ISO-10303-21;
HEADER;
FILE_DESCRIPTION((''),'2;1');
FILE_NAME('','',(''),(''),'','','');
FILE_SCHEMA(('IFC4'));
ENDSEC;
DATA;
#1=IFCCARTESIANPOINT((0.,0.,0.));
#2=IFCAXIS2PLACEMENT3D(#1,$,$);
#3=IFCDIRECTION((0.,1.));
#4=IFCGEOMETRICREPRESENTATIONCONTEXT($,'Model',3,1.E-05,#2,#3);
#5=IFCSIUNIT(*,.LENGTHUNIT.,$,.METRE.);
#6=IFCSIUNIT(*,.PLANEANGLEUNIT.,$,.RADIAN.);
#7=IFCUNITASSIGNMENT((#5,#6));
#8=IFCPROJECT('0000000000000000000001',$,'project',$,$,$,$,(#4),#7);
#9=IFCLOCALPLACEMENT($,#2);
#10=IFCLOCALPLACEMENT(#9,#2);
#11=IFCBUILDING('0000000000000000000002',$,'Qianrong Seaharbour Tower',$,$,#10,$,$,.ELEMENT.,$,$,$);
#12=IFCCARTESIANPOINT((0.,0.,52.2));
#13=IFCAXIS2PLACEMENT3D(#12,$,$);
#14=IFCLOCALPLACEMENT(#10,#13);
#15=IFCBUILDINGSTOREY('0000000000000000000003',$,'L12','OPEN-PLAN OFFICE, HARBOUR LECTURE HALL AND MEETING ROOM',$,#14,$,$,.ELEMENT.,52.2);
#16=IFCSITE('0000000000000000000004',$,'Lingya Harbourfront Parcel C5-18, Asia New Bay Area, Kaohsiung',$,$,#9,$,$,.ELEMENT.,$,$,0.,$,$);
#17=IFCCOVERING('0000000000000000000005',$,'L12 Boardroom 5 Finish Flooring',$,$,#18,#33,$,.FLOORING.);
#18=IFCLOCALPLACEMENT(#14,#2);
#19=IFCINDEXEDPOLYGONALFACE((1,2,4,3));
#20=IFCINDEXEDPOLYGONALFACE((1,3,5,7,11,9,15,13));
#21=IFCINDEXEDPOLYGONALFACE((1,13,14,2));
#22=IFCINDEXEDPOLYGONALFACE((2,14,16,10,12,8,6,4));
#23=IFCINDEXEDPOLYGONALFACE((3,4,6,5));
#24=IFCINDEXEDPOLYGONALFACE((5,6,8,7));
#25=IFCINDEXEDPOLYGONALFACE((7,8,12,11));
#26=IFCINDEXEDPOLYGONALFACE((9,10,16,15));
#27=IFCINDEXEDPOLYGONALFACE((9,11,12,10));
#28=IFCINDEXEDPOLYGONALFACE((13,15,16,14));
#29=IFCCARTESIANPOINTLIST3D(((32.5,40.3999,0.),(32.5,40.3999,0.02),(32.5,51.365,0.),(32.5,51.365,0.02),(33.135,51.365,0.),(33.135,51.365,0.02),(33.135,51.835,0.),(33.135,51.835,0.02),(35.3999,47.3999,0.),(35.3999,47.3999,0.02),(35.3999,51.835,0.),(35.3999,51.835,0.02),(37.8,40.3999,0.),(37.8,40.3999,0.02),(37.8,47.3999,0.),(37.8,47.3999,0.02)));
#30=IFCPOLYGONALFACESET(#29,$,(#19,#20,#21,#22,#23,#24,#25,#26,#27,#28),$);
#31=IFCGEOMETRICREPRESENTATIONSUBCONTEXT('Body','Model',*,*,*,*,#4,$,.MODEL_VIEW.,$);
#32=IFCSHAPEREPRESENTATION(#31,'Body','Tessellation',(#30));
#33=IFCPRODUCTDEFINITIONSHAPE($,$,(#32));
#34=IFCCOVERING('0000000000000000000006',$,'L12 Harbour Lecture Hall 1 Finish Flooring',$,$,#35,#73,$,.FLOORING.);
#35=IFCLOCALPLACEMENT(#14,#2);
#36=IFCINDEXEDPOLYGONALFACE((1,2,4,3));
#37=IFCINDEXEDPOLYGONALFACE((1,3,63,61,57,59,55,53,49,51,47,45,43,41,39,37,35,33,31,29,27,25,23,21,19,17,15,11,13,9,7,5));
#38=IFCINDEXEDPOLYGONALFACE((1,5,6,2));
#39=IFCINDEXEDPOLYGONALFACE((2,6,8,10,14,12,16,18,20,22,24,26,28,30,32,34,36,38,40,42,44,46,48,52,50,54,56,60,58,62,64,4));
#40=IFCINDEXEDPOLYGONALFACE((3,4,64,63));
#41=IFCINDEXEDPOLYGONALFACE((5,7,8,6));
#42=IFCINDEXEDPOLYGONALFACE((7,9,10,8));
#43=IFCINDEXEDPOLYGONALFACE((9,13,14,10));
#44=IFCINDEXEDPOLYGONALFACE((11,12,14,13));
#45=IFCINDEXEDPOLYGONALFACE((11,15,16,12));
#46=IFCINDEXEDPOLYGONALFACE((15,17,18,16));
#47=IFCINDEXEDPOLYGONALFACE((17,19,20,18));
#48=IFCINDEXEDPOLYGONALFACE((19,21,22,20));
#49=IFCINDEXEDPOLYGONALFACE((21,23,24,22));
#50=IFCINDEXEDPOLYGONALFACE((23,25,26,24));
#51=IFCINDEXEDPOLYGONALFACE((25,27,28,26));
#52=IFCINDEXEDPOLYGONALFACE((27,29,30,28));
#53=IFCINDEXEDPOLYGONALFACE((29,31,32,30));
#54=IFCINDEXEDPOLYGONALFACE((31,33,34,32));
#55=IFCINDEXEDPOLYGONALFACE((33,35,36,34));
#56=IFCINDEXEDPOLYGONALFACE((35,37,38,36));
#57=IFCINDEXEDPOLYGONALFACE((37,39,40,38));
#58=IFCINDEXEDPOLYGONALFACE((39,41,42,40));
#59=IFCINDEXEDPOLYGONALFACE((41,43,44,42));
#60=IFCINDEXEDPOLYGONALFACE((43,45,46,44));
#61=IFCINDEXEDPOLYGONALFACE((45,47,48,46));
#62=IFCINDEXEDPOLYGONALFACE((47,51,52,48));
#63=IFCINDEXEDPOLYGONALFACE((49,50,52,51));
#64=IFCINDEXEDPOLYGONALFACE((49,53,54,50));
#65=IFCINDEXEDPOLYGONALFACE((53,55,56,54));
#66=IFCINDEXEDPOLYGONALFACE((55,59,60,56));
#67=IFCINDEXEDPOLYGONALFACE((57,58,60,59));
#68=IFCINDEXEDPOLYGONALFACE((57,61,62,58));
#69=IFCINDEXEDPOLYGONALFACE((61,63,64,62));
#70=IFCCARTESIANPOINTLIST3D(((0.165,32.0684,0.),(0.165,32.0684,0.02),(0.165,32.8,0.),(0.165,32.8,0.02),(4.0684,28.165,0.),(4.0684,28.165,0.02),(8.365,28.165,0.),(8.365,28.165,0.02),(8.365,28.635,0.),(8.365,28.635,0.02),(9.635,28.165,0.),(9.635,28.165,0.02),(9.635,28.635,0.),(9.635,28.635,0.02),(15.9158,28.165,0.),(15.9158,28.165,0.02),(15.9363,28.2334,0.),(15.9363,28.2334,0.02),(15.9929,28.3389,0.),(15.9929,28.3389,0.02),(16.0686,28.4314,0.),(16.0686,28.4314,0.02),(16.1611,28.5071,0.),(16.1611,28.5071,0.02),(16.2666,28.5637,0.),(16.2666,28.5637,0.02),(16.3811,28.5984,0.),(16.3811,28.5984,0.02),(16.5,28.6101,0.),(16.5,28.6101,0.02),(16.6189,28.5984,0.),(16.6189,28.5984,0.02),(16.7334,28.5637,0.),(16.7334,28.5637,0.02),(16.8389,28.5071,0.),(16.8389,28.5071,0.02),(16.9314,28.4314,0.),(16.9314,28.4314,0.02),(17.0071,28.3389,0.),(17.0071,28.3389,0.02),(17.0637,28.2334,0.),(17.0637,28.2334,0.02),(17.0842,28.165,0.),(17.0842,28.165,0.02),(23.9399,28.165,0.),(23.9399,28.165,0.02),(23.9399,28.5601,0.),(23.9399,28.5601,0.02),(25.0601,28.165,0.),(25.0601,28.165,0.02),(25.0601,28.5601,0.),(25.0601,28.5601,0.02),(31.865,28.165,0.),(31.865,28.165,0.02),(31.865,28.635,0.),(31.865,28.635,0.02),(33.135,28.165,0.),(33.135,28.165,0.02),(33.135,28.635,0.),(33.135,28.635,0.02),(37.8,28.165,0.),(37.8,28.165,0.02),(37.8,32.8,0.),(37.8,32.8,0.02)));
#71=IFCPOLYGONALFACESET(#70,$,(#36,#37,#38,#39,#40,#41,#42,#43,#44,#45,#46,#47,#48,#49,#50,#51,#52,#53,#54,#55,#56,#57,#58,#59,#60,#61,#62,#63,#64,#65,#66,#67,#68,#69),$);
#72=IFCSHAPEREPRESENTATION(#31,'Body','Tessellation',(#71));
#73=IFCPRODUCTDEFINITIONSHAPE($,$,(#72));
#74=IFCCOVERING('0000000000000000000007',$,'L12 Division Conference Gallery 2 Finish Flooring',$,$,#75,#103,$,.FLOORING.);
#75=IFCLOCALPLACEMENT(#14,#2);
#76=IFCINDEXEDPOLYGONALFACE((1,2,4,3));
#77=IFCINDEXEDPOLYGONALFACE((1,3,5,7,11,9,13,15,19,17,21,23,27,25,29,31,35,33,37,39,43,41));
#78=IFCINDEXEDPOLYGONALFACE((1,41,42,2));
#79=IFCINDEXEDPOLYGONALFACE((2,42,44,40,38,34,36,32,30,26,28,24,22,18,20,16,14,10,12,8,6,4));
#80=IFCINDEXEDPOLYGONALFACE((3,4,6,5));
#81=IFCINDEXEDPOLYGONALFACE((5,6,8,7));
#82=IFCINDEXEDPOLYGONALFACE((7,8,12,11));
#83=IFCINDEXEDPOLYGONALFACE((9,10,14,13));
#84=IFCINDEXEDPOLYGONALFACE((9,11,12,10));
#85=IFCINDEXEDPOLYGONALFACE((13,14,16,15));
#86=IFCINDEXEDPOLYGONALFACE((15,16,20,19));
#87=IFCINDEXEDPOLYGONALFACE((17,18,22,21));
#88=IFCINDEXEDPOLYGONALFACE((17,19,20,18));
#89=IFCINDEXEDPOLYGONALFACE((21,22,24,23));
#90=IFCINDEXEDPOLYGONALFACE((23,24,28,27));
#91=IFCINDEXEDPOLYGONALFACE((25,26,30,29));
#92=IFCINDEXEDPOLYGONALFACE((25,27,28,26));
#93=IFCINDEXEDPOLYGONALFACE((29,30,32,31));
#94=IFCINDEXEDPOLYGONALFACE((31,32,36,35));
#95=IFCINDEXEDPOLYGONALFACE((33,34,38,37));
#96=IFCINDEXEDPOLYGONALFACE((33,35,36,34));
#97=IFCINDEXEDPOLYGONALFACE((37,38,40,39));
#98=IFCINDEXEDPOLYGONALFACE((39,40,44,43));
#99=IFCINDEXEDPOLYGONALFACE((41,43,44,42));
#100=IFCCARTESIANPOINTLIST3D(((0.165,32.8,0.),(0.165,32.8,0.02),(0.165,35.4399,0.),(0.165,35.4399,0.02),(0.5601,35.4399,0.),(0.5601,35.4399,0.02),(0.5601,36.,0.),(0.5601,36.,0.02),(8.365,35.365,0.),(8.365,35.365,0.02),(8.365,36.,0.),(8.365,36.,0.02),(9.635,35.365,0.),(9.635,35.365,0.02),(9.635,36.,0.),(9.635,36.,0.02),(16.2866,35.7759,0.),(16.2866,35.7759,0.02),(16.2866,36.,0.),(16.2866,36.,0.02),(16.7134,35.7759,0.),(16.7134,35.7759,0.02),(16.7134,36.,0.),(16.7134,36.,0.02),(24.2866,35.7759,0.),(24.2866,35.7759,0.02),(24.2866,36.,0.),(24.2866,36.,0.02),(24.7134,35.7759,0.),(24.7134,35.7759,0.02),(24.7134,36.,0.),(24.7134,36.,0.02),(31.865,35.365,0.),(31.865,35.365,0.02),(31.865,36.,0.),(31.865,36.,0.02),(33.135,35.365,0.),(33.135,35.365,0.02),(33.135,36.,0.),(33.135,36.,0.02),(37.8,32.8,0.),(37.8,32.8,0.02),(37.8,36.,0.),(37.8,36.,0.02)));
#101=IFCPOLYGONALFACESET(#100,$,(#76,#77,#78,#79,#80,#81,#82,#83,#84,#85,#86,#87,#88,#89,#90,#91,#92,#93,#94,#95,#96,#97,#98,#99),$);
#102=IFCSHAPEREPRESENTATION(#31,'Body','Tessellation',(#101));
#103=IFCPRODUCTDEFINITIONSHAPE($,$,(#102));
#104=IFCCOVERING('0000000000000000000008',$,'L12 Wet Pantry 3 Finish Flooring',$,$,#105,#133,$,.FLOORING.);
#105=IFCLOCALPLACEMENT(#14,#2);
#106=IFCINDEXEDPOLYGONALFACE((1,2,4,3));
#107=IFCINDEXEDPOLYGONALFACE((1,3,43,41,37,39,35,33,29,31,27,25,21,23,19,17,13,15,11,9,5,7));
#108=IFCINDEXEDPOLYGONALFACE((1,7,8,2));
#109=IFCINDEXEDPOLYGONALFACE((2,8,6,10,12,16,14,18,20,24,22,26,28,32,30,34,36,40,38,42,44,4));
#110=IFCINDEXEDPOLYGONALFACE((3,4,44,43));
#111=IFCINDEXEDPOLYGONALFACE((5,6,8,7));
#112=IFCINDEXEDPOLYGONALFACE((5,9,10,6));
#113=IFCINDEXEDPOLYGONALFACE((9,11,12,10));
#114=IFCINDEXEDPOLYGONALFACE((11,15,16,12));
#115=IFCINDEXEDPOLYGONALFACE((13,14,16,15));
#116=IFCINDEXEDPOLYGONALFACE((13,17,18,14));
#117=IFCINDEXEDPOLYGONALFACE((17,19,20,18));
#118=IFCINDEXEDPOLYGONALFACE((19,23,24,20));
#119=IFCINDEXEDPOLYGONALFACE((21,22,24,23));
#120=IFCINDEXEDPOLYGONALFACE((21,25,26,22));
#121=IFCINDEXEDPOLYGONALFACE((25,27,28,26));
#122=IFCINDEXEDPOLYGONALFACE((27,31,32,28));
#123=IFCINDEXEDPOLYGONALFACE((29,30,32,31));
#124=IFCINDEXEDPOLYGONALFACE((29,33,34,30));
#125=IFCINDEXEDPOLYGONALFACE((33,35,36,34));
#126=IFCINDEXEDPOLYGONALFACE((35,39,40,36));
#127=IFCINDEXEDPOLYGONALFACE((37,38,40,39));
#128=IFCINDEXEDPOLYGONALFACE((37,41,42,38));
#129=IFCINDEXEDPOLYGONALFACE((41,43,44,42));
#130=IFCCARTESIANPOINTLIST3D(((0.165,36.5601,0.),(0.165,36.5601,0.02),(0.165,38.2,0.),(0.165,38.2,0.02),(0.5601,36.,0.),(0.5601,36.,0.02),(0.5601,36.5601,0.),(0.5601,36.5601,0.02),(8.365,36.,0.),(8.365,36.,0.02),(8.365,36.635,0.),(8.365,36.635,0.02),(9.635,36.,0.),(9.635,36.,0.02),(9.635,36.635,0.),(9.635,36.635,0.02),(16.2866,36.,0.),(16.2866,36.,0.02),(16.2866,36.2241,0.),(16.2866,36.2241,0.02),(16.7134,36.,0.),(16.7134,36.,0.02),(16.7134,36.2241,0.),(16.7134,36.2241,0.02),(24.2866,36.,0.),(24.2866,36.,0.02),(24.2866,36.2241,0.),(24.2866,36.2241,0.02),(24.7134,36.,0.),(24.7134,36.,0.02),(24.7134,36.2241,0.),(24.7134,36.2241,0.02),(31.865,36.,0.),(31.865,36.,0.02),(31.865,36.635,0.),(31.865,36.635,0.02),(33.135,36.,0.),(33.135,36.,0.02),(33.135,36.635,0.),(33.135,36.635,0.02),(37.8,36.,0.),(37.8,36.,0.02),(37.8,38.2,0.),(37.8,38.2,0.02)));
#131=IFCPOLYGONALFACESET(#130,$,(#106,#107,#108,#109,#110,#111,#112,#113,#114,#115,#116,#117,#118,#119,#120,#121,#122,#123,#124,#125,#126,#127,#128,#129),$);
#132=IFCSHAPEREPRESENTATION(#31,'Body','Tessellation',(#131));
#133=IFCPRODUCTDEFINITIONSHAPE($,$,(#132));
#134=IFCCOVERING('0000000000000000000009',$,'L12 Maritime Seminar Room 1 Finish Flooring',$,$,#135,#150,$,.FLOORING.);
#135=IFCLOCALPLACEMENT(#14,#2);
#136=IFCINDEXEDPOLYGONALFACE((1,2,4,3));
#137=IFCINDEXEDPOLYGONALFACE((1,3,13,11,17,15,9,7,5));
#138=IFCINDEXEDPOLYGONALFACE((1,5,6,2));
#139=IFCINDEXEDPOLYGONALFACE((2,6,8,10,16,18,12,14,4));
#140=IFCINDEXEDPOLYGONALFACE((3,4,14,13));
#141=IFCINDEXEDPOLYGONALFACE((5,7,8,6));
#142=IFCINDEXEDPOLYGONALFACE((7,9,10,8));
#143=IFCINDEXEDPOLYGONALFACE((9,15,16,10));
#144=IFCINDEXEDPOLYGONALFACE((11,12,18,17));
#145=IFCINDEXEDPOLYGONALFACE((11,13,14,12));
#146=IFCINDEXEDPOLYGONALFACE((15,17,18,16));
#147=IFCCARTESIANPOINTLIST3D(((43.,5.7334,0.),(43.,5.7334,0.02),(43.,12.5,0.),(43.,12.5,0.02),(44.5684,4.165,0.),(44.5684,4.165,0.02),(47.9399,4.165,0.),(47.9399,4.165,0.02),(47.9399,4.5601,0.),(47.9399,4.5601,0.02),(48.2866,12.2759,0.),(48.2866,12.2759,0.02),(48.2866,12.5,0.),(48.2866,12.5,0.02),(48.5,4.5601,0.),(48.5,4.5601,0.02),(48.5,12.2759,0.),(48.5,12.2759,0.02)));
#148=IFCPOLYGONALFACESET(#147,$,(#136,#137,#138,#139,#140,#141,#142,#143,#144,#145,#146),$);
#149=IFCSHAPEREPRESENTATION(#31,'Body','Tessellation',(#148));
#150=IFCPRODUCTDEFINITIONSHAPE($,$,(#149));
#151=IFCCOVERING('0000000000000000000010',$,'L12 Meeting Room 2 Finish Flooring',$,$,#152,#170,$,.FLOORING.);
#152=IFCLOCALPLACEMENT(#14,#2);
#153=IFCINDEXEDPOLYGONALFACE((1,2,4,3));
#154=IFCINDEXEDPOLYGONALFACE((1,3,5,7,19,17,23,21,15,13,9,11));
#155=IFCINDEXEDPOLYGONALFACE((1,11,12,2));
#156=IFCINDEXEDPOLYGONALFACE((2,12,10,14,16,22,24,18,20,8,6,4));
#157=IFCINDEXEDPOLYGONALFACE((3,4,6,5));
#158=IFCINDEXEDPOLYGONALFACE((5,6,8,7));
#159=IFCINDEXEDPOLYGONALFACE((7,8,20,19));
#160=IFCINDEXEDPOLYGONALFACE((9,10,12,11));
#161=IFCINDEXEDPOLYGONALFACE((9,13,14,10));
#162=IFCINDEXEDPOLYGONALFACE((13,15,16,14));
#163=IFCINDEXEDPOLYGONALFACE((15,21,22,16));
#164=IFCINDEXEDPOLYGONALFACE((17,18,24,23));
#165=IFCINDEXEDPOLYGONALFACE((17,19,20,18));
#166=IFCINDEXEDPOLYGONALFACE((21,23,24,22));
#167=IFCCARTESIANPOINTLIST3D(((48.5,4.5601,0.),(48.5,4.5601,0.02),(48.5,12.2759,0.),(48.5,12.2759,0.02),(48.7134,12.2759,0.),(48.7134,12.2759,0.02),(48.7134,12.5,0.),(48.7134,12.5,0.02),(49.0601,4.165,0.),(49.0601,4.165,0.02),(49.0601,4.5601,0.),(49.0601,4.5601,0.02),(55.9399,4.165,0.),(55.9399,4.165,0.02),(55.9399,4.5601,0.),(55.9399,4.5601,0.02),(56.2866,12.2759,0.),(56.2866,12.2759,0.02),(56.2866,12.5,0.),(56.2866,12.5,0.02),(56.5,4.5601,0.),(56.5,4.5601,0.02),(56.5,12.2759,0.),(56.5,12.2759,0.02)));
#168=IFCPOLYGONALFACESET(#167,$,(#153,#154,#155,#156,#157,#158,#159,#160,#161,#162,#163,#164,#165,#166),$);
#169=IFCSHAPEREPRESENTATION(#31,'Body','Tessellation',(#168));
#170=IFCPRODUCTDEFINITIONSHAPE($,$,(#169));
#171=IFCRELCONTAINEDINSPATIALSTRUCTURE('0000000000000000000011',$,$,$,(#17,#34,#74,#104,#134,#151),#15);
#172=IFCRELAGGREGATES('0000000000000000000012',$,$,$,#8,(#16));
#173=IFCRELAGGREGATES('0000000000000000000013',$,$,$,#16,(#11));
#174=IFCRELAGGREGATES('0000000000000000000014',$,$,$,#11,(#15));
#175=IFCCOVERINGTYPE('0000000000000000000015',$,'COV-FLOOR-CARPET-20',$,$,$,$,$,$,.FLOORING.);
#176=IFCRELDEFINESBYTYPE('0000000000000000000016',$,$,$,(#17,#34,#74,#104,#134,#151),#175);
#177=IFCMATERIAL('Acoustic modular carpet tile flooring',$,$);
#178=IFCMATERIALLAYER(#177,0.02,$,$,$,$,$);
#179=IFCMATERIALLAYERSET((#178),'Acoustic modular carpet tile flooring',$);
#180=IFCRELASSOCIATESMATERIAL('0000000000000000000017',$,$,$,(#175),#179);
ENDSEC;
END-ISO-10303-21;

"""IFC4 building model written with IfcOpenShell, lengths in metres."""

from ifc_helpers import new_model, si_unit, direction, frame, origin, place, context, subcontext, project, spatial, polyline, outline, extrude, material, layer, layer_set, type_object, element, save


model = new_model("IFC4")

# Units and contexts
model_context = context("Model", 3, precision=1e-05, world=origin(), true_north=direction((0.0, 1.0)))
body_context = subcontext(model_context, "Body", "Model", "MODEL_VIEW")
ifc_project = project(units=[si_unit("LENGTHUNIT", "METRE"), si_unit("PLANEANGLEUNIT", "RADIAN")], contexts=[model_context])

# Site, building, storey
site_placement = place(None, origin())
site = spatial("IfcSite", under=ifc_project, at=site_placement, Name="Lingya Harbourfront Parcel C5-18, Asia New Bay Area, Kaohsiung", CompositionType="ELEMENT", RefElevation=0.0)
building_placement = place(site_placement, origin())
building = spatial("IfcBuilding", under=site, at=building_placement, Name="Qianrong Seaharbour Tower", CompositionType="ELEMENT")
storey_placement = place(building_placement, frame((0.0, 0.0, 52.2)))
storey = spatial("IfcBuildingStorey", under=building, at=storey_placement, Name="L12", Description="OPEN-PLAN OFFICE, HARBOUR LECTURE HALL AND MEETING ROOM", CompositionType="ELEMENT", Elevation=52.2)

# Coverings
ifc_material_1 = material(Name="Acoustic modular carpet tile flooring")
ifc_layer_1 = layer(ifc_material_1, 0.02)
ifc_layer_set_1 = layer_set([ifc_layer_1], Name="Acoustic modular carpet tile flooring")
covering_type_1 = type_object("IfcCoveringType", Name="COV-FLOOR-CARPET-20", PredefinedType="FLOORING", material=ifc_layer_set_1)
covering_1_placement = place(storey_placement, origin())
element("IfcCovering", 1, at=covering_1_placement, inside=storey, type_object=covering_type_1, Name="L12 Boardroom 5 Finish Flooring", PredefinedType="FLOORING", context=body_context, shape_type="SweptSolid", body=[
    extrude(outline(polyline([(32.5, 51.365), (33.135, 51.365), (33.135, 51.835), (35.3999, 51.835), (35.3999, 47.3999), (37.8, 47.3999), (37.8, 40.3999), (32.5, 40.3999), (32.5, 51.365)])), origin(), (0.0, 0.0, 1.0), 0.02),
])
covering_2_placement = place(storey_placement, origin())
element("IfcCovering", 2, at=covering_2_placement, inside=storey, type_object=covering_type_1, Name="L12 Harbour Lecture Hall 1 Finish Flooring", PredefinedType="FLOORING", context=body_context, shape_type="SweptSolid", body=[
    extrude(outline(polyline([(33.135, 28.165), (33.135, 28.635), (31.865, 28.635), (31.865, 28.165), (25.0601, 28.165), (25.0601, 28.5601), (23.9399, 28.5601), (23.9399, 28.165), (17.0842, 28.165), (17.0637, 28.2334), (17.0071, 28.3389), (16.9314, 28.4314), (16.8389, 28.5071), (16.7334, 28.5637), (16.6189, 28.5984), (16.5, 28.6101), (16.3811, 28.5984), (16.2666, 28.5637), (16.1611, 28.5071), (16.0686, 28.4314), (15.9929, 28.3389), (15.9363, 28.2334), (15.9158, 28.165), (9.635, 28.165), (9.635, 28.635), (8.365, 28.635), (8.365, 28.165), (4.0684, 28.165), (0.165, 32.0684), (0.165, 32.8), (37.8, 32.8), (37.8, 28.165), (33.135, 28.165)])), origin(), (0.0, 0.0, 1.0), 0.02),
])
covering_3_placement = place(storey_placement, origin())
element("IfcCovering", 3, at=covering_3_placement, inside=storey, type_object=covering_type_1, Name="L12 Division Conference Gallery 2 Finish Flooring", PredefinedType="FLOORING", context=body_context, shape_type="SweptSolid", body=[
    extrude(outline(polyline([(0.165, 32.8), (0.165, 35.4399), (0.5601, 35.4399), (0.5601, 36.0), (8.365, 36.0), (8.365, 35.365), (9.635, 35.365), (9.635, 36.0), (16.2866, 36.0), (16.2866, 35.7759), (16.7134, 35.7759), (16.7134, 36.0), (24.2866, 36.0), (24.2866, 35.7759), (24.7134, 35.7759), (24.7134, 36.0), (31.865, 36.0), (31.865, 35.365), (33.135, 35.365), (33.135, 36.0), (37.8, 36.0), (37.8, 32.8), (0.165, 32.8)])), origin(), (0.0, 0.0, 1.0), 0.02),
])
covering_4_placement = place(storey_placement, origin())
element("IfcCovering", 4, at=covering_4_placement, inside=storey, type_object=covering_type_1, Name="L12 Wet Pantry 3 Finish Flooring", PredefinedType="FLOORING", context=body_context, shape_type="SweptSolid", body=[
    extrude(outline(polyline([(33.135, 36.0), (33.135, 36.635), (31.865, 36.635), (31.865, 36.0), (24.7134, 36.0), (24.7134, 36.2241), (24.2866, 36.2241), (24.2866, 36.0), (16.7134, 36.0), (16.7134, 36.2241), (16.2866, 36.2241), (16.2866, 36.0), (9.635, 36.0), (9.635, 36.635), (8.365, 36.635), (8.365, 36.0), (0.5601, 36.0), (0.5601, 36.5601), (0.165, 36.5601), (0.165, 38.2), (37.8, 38.2), (37.8, 36.0), (33.135, 36.0)])), origin(), (0.0, 0.0, 1.0), 0.02),
])
covering_5_placement = place(storey_placement, origin())
element("IfcCovering", 5, at=covering_5_placement, inside=storey, type_object=covering_type_1, Name="L12 Maritime Seminar Room 1 Finish Flooring", PredefinedType="FLOORING", context=body_context, shape_type="SweptSolid", body=[
    extrude(outline(polyline([(48.5, 4.5601), (47.9399, 4.5601), (47.9399, 4.165), (44.5684, 4.165), (43.0, 5.7334), (43.0, 12.5), (48.2866, 12.5), (48.2866, 12.2759), (48.5, 12.2759), (48.5, 4.5601)])), origin(), (0.0, 0.0, 1.0), 0.02),
])
covering_6_placement = place(storey_placement, origin())
element("IfcCovering", 6, at=covering_6_placement, inside=storey, type_object=covering_type_1, Name="L12 Meeting Room 2 Finish Flooring", PredefinedType="FLOORING", context=body_context, shape_type="SweptSolid", body=[
    extrude(outline(polyline([(56.5, 4.5601), (55.9399, 4.5601), (55.9399, 4.165), (49.0601, 4.165), (49.0601, 4.5601), (48.5, 4.5601), (48.5, 12.2759), (48.7134, 12.2759), (48.7134, 12.5), (56.2866, 12.5), (56.2866, 12.2759), (56.5, 12.2759), (56.5, 4.5601)])), origin(), (0.0, 0.0, 1.0), 0.02),
])

save(model, "model.ifc")
